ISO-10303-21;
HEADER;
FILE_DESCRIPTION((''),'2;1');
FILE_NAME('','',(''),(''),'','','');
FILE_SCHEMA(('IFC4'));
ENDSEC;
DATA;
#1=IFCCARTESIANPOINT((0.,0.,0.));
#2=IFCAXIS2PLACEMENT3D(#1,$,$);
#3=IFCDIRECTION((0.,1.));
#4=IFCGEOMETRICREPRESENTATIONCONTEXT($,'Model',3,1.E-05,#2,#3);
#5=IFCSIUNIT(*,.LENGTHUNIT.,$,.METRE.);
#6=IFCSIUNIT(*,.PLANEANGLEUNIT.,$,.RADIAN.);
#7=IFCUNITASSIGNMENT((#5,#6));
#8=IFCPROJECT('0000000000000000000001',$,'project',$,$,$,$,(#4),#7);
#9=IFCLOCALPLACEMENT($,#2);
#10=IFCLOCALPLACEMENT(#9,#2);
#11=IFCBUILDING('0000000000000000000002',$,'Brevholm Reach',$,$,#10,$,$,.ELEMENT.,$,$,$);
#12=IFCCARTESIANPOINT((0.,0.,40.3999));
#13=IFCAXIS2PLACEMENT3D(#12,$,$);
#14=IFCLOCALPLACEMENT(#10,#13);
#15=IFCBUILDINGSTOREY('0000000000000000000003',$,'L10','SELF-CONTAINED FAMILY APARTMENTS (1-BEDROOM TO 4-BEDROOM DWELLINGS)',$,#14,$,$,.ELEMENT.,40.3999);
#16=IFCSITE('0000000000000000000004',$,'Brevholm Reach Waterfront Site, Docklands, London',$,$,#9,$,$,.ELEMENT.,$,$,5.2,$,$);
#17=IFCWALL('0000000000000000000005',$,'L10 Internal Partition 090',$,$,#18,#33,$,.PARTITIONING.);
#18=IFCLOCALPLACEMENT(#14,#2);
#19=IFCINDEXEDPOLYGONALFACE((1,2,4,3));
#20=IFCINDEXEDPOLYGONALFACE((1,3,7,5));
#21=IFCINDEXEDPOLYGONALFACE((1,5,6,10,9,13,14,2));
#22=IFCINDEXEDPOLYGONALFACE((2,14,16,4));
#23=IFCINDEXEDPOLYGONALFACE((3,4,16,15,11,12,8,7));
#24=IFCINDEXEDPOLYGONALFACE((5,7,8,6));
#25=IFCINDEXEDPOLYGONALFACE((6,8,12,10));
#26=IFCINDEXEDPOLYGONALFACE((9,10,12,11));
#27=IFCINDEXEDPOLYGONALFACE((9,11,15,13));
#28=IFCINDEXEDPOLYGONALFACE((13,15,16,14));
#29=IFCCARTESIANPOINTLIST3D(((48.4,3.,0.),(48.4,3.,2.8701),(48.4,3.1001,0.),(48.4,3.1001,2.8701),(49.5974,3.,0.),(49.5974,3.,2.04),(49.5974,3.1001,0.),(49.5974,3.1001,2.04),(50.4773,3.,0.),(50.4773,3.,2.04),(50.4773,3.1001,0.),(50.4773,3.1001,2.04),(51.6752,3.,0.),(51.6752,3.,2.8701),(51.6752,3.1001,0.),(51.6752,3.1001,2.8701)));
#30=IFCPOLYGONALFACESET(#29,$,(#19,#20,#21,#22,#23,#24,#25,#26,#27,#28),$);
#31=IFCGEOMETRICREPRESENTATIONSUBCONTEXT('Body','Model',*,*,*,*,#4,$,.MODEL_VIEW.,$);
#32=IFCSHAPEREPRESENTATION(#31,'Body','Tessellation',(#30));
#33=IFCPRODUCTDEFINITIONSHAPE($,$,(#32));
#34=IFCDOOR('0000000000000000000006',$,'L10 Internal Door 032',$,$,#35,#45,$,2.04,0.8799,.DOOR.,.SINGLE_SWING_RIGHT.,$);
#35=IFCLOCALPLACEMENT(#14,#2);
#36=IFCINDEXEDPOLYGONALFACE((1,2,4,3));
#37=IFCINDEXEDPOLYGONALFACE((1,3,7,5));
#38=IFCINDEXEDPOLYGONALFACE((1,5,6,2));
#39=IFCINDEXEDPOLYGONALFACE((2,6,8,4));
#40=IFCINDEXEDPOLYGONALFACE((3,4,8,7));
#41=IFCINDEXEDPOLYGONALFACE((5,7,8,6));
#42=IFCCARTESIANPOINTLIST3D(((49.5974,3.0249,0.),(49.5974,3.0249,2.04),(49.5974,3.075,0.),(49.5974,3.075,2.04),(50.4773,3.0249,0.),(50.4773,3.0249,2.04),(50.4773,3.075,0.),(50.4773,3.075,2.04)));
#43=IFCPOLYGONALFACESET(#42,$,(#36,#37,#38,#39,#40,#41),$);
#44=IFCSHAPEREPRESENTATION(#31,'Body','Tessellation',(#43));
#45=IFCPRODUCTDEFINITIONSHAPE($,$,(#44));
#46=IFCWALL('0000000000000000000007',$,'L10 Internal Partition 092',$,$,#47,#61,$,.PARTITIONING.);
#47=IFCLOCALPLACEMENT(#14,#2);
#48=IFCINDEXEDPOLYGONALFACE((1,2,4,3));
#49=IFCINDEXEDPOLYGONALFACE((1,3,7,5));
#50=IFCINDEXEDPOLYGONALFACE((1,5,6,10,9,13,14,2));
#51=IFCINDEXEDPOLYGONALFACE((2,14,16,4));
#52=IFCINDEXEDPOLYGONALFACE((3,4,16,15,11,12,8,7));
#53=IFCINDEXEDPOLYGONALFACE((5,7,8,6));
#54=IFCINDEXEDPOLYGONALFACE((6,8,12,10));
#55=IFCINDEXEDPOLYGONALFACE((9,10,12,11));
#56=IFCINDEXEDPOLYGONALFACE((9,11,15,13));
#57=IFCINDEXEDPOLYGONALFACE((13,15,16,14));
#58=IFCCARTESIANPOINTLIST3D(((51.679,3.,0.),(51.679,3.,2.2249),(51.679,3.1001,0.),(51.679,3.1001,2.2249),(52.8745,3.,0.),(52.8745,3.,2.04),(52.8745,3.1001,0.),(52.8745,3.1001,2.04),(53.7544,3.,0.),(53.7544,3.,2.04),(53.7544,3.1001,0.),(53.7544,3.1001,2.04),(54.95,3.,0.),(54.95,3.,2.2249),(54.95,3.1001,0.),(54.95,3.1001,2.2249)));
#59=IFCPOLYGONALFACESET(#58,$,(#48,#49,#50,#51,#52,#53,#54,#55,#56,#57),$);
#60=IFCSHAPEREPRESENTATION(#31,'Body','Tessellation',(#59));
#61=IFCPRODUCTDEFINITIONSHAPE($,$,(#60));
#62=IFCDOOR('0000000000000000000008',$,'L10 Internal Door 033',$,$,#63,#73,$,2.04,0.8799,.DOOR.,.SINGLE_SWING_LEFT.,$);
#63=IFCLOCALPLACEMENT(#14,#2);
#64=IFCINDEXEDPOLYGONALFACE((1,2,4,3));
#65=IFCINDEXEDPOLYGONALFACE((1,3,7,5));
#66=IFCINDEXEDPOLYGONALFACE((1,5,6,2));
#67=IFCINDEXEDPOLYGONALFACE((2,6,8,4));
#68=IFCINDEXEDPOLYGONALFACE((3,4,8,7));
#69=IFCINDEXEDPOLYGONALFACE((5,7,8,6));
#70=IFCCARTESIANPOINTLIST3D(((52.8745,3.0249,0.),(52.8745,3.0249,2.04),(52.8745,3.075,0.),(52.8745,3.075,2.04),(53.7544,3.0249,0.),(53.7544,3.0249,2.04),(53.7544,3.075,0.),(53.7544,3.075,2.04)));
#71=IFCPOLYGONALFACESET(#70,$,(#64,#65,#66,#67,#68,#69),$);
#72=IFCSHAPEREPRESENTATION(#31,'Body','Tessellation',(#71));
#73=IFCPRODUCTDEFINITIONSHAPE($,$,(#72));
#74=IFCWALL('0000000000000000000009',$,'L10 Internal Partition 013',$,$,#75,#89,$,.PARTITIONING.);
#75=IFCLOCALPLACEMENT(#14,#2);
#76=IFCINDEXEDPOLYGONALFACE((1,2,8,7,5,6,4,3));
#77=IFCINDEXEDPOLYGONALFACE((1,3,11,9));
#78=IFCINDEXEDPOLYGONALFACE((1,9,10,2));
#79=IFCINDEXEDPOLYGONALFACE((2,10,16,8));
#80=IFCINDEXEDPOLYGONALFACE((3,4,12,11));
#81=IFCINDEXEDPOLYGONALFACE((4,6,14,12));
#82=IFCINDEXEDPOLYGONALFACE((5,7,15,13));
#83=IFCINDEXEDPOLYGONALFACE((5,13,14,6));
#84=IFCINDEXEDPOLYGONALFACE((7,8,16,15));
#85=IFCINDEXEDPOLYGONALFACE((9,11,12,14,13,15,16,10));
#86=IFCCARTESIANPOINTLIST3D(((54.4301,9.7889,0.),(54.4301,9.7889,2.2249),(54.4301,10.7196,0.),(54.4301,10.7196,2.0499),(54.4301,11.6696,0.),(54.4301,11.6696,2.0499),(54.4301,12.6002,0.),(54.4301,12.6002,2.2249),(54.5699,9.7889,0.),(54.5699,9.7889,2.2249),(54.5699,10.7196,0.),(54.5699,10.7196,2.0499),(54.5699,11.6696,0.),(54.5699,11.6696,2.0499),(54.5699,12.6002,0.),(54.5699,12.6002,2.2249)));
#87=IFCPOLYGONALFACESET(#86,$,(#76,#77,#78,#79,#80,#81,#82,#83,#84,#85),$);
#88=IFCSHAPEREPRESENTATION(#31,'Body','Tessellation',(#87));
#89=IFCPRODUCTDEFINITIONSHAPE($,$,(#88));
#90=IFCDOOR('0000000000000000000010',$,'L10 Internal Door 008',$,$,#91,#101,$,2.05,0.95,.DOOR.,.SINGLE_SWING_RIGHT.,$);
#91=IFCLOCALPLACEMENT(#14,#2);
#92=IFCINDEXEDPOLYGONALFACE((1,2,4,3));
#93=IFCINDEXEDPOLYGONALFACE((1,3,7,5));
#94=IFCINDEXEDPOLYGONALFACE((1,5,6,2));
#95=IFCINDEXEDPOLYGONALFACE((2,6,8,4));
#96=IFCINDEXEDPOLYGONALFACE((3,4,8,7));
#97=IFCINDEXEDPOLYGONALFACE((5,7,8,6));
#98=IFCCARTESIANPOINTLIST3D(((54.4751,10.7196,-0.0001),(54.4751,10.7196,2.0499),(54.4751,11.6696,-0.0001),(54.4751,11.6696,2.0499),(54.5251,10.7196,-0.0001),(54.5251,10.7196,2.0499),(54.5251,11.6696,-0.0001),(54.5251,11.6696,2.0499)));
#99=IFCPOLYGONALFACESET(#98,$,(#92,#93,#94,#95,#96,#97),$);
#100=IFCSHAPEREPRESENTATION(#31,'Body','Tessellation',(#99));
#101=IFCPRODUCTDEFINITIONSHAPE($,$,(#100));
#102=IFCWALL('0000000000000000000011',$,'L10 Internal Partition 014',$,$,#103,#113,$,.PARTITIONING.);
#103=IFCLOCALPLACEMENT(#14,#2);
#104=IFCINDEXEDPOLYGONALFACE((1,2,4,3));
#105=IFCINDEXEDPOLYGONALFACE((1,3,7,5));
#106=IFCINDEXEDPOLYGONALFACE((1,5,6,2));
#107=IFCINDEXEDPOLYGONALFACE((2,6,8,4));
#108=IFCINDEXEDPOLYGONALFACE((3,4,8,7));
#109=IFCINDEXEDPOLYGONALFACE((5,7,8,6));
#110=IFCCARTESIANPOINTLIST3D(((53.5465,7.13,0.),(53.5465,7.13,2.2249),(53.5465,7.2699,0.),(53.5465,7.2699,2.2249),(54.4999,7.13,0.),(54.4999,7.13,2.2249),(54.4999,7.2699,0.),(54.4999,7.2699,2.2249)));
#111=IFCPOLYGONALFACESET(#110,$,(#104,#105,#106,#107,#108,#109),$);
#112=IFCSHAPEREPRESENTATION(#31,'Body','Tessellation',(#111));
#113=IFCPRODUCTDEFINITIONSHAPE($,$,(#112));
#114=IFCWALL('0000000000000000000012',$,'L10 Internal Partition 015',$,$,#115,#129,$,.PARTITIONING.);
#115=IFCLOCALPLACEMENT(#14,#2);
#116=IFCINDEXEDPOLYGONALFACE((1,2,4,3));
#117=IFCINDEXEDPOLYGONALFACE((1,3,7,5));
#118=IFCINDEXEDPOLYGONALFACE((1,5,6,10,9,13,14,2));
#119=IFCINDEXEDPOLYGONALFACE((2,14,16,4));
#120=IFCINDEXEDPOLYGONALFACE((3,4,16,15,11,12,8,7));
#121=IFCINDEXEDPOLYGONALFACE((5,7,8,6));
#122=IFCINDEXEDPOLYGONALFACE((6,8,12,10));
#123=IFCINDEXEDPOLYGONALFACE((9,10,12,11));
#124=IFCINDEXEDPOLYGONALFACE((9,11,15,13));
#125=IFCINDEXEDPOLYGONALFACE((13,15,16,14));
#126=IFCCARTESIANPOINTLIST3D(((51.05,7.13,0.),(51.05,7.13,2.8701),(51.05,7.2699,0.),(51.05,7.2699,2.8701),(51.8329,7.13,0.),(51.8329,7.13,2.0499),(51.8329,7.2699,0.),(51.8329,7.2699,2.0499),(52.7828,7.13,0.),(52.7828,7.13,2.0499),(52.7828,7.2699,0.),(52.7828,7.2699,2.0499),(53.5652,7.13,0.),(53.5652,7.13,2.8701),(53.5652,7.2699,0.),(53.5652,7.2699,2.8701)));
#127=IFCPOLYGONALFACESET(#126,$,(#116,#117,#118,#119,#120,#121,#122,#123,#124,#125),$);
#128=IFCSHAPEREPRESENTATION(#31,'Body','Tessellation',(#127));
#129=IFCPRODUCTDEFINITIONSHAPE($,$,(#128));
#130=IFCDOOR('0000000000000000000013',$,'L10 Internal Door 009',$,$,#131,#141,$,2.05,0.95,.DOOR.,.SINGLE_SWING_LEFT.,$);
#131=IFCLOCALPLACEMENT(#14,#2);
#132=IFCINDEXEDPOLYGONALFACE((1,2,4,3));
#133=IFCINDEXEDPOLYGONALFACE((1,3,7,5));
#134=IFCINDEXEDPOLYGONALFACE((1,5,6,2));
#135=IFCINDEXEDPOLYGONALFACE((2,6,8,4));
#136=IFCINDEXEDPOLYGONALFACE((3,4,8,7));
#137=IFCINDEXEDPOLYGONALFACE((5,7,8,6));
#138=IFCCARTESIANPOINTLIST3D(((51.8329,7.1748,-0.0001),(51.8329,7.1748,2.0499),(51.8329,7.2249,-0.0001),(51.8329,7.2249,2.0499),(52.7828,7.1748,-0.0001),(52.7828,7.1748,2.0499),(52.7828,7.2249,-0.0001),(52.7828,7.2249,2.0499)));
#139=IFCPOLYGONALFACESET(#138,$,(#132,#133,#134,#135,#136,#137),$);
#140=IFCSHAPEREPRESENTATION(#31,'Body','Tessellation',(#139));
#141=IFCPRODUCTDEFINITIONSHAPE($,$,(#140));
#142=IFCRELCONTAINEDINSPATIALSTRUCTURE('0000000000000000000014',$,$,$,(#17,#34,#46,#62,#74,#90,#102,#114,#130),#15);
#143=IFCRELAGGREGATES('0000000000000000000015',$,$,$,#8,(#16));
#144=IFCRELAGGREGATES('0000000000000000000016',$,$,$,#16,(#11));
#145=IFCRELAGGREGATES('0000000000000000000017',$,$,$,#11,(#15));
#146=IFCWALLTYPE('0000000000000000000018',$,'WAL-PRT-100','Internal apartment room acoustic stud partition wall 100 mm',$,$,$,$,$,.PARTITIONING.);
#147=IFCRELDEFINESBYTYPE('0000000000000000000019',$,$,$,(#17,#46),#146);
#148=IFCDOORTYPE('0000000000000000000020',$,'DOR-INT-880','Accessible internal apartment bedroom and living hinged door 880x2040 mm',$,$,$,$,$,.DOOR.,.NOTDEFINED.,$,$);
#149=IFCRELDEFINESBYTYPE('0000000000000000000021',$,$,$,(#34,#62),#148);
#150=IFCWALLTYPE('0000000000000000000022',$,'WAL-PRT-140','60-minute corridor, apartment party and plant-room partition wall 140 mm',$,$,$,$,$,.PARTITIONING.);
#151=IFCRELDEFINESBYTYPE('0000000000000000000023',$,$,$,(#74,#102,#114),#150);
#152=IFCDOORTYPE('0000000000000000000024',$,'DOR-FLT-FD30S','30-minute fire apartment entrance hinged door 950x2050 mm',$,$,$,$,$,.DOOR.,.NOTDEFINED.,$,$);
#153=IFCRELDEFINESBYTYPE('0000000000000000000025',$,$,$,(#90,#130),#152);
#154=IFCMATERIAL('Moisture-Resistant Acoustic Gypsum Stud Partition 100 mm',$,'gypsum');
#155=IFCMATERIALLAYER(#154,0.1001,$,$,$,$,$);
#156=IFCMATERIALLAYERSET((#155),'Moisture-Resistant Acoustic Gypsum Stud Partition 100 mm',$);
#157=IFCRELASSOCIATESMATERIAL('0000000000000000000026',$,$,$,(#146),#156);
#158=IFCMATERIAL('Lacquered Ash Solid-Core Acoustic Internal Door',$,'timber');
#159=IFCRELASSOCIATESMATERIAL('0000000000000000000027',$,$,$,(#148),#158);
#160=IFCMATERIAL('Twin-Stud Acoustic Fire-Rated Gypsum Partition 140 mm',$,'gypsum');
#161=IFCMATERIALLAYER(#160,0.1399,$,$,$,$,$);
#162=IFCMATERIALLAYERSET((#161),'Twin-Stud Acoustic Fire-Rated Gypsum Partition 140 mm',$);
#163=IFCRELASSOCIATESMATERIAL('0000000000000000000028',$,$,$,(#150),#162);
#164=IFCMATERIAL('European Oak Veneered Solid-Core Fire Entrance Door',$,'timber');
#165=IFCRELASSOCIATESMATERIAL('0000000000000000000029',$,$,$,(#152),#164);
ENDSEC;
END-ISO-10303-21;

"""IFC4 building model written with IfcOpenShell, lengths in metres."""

from ifc_helpers import new_model, si_unit, direction, frame, frame_2d, origin, place, context, subcontext, project, spatial, rectangle, extrude, material, layer, layer_set, type_object, element, fill, save


model = new_model("IFC4")

# Units and contexts
model_context = context("Model", 3, precision=1e-05, world=origin(), true_north=direction((0.0, 1.0)))
body_context = subcontext(model_context, "Body", "Model", "MODEL_VIEW")
ifc_project = project(units=[si_unit("LENGTHUNIT", "METRE"), si_unit("PLANEANGLEUNIT", "RADIAN")], contexts=[model_context])

# Site, building, storey
site_placement = place(None, origin())
site = spatial("IfcSite", under=ifc_project, at=site_placement, Name="Brevholm Reach Waterfront Site, Docklands, London", CompositionType="ELEMENT", RefElevation=5.2)
building_placement = place(site_placement, origin())
building = spatial("IfcBuilding", under=site, at=building_placement, Name="Brevholm Reach", CompositionType="ELEMENT")
storey_placement = place(building_placement, frame((0.0, 0.0, 40.3999)))
storey = spatial("IfcBuildingStorey", under=building, at=storey_placement, Name="L10", Description="SELF-CONTAINED FAMILY APARTMENTS (1-BEDROOM TO 4-BEDROOM DWELLINGS)", CompositionType="ELEMENT", Elevation=40.3999)

# Shared definitions
ifc_material_1 = material(Name="Moisture-Resistant Acoustic Gypsum Stud Partition 100 mm", Category="gypsum")
ifc_layer_1 = layer(ifc_material_1, 0.1001)
ifc_layer_set_1 = layer_set([ifc_layer_1], Name="Moisture-Resistant Acoustic Gypsum Stud Partition 100 mm")
wall_type_1 = type_object("IfcWallType", Name="WAL-PRT-100", Description="Internal apartment room acoustic stud partition wall 100 mm", PredefinedType="PARTITIONING", material=ifc_layer_set_1)
ifc_material_2 = material(Name="Lacquered Ash Solid-Core Acoustic Internal Door", Category="timber")
door_type_1 = type_object("IfcDoorType", Name="DOR-INT-880", Description="Accessible internal apartment bedroom and living hinged door 880x2040 mm", OperationType="NOTDEFINED", PredefinedType="DOOR", material=ifc_material_2)

# Walls, openings, doors
wall_1_placement = place(storey_placement, frame((48.3999, 3.05, 0.0), z_axis=(0.0, 0.0, 1.0), x_axis=(1.0, 0.0, 0.0)))
wall_1 = element("IfcWall", 1, at=wall_1_placement, inside=storey, type_object=wall_type_1, Name="L10 Internal Partition 090", PredefinedType="PARTITIONING", context=body_context, shape_type="SweptSolid", body=[
    extrude(rectangle(XDim=3.2751, YDim=0.1001, at=frame_2d((1.6377, 0.0))), origin(), (0.0, 0.0, 1.0), 2.8701),
])
opening_1_placement = place(wall_1_placement, frame((1.1975, 0.0, 0.0)))
opening_1 = element("IfcOpeningElement", 2, at=opening_1_placement, cuts=wall_1, PredefinedType="OPENING", context=body_context, shape_type="SweptSolid", body=[
    extrude(rectangle(XDim=0.8799, YDim=2.04, at=frame_2d((0.4399, 1.02))), frame((0.0, 0.0601, 0.0), z_axis=(0.0, -1.0, 0.0), x_axis=(1.0, 0.0, 0.0)), (0.0, 0.0, 1.0), 0.1201),
])
door_1_placement = place(opening_1_placement, origin())
door_1 = element("IfcDoor", 3, at=door_1_placement, inside=storey, type_object=door_type_1, Name="L10 Internal Door 032", OperationType="SINGLE_SWING_RIGHT", OverallHeight=2.04, OverallWidth=0.8799, PredefinedType="DOOR", context=body_context, shape_type="SweptSolid", body=[
    extrude(rectangle(XDim=0.8799, YDim=2.04, at=frame_2d((0.4399, 1.02))), frame((0.0, 0.0249, 0.0), z_axis=(0.0, -1.0, 0.0), x_axis=(1.0, 0.0, 0.0)), (0.0, 0.0, 1.0), 0.05),
])
fill(opening_1, door_1)
wall_2_placement = place(storey_placement, frame((51.679, 3.05, 0.0), z_axis=(0.0, 0.0, 1.0), x_axis=(1.0, 0.0, 0.0)))
wall_2 = element("IfcWall", 4, at=wall_2_placement, inside=storey, type_object=wall_type_1, Name="L10 Internal Partition 092", PredefinedType="PARTITIONING", context=body_context, shape_type="SweptSolid", body=[
    extrude(rectangle(XDim=3.271, YDim=0.1001, at=frame_2d((1.6355, 0.0))), origin(), (0.0, 0.0, 1.0), 2.2249),
])
opening_2_placement = place(wall_2_placement, frame((1.1956, 0.0, 0.0)))
opening_2 = element("IfcOpeningElement", 5, at=opening_2_placement, cuts=wall_2, PredefinedType="OPENING", context=body_context, shape_type="SweptSolid", body=[
    extrude(rectangle(XDim=0.8799, YDim=2.04, at=frame_2d((0.4399, 1.02))), frame((0.0, 0.0601, 0.0), z_axis=(0.0, -1.0, 0.0), x_axis=(1.0, 0.0, 0.0)), (0.0, 0.0, 1.0), 0.1201),
])
door_2_placement = place(opening_2_placement, origin())
door_2 = element("IfcDoor", 6, at=door_2_placement, inside=storey, type_object=door_type_1, Name="L10 Internal Door 033", OperationType="SINGLE_SWING_LEFT", OverallHeight=2.04, OverallWidth=0.8799, PredefinedType="DOOR", context=body_context, shape_type="SweptSolid", body=[
    extrude(rectangle(XDim=0.8799, YDim=2.04, at=frame_2d((0.4399, 1.02))), frame((0.0, 0.0249, 0.0), z_axis=(0.0, -1.0, 0.0), x_axis=(1.0, 0.0, 0.0)), (0.0, 0.0, 1.0), 0.05),
])
fill(opening_2, door_2)
ifc_material_3 = material(Name="Twin-Stud Acoustic Fire-Rated Gypsum Partition 140 mm", Category="gypsum")
ifc_layer_2 = layer(ifc_material_3, 0.1399)
ifc_layer_set_2 = layer_set([ifc_layer_2], Name="Twin-Stud Acoustic Fire-Rated Gypsum Partition 140 mm")
wall_type_2 = type_object("IfcWallType", Name="WAL-PRT-140", Description="60-minute corridor, apartment party and plant-room partition wall 140 mm", PredefinedType="PARTITIONING", material=ifc_layer_set_2)
wall_3_placement = place(storey_placement, frame((54.5, 9.7888, 0.0), z_axis=(0.0, 0.0, 1.0), x_axis=(0.0, 1.0, 0.0)))
wall_3 = element("IfcWall", 7, at=wall_3_placement, inside=storey, type_object=wall_type_2, Name="L10 Internal Partition 013", PredefinedType="PARTITIONING", context=body_context, shape_type="SweptSolid", body=[
    extrude(rectangle(XDim=2.8113, YDim=0.1399, at=frame_2d((1.4058, 0.0))), origin(), (0.0, 0.0, 1.0), 2.2249),
])
opening_3_placement = place(wall_3_placement, frame((0.9307, 0.0, 0.0)))
opening_3 = element("IfcOpeningElement", 8, at=opening_3_placement, cuts=wall_3, PredefinedType="OPENING", context=body_context, shape_type="SweptSolid", body=[
    extrude(rectangle(XDim=0.95, YDim=2.05, at=frame_2d((0.4751, 1.0249))), frame((0.0, 0.0798, 0.0), z_axis=(0.0, -1.0, 0.0), x_axis=(1.0, 0.0, 0.0)), (0.0, 0.0, 1.0), 0.1599),
])
ifc_material_4 = material(Name="European Oak Veneered Solid-Core Fire Entrance Door", Category="timber")
door_type_2 = type_object("IfcDoorType", Name="DOR-FLT-FD30S", Description="30-minute fire apartment entrance hinged door 950x2050 mm", OperationType="NOTDEFINED", PredefinedType="DOOR", material=ifc_material_4)
door_3_placement = place(opening_3_placement, origin())
door_3 = element("IfcDoor", 9, at=door_3_placement, inside=storey, type_object=door_type_2, Name="L10 Internal Door 008", OperationType="SINGLE_SWING_RIGHT", OverallHeight=2.05, OverallWidth=0.95, PredefinedType="DOOR", context=body_context, shape_type="SweptSolid", body=[
    extrude(rectangle(XDim=0.95, YDim=2.05, at=frame_2d((0.4751, 1.0249))), frame((0.0, 0.0249, 0.0), z_axis=(0.0, -1.0, 0.0), x_axis=(1.0, 0.0, 0.0)), (0.0, 0.0, 1.0), 0.05),
])
fill(opening_3, door_3)

# Wall
wall_4_placement = place(storey_placement, frame((53.5466, 7.2, 0.0), z_axis=(0.0, 0.0, 1.0), x_axis=(1.0, 0.0, 0.0)))
element("IfcWall", 10, at=wall_4_placement, inside=storey, type_object=wall_type_2, Name="L10 Internal Partition 014", PredefinedType="PARTITIONING", context=body_context, shape_type="SweptSolid", body=[
    extrude(rectangle(XDim=0.9534, YDim=0.1399, at=frame_2d((0.4766, 0.0))), origin(), (0.0, 0.0, 1.0), 2.2249),
])

# Wall, opening, door
wall_5_placement = place(storey_placement, frame((51.05, 7.2, 0.0), z_axis=(0.0, 0.0, 1.0), x_axis=(1.0, 0.0, 0.0)))
wall_5 = element("IfcWall", 11, at=wall_5_placement, inside=storey, type_object=wall_type_2, Name="L10 Internal Partition 015", PredefinedType="PARTITIONING", context=body_context, shape_type="SweptSolid", body=[
    extrude(rectangle(XDim=2.5151, YDim=0.1399, at=frame_2d((1.2576, 0.0))), origin(), (0.0, 0.0, 1.0), 2.8701),
])
opening_4_placement = place(wall_5_placement, frame((0.7827, 0.0, 0.0)))
opening_4 = element("IfcOpeningElement", 12, at=opening_4_placement, cuts=wall_5, PredefinedType="OPENING", context=body_context, shape_type="SweptSolid", body=[
    extrude(rectangle(XDim=0.95, YDim=2.05, at=frame_2d((0.4751, 1.0249))), frame((0.0, 0.0798, 0.0), z_axis=(0.0, -1.0, 0.0), x_axis=(1.0, 0.0, 0.0)), (0.0, 0.0, 1.0), 0.1599),
])
door_4_placement = place(opening_4_placement, origin())
door_4 = element("IfcDoor", 13, at=door_4_placement, inside=storey, type_object=door_type_2, Name="L10 Internal Door 009", OperationType="SINGLE_SWING_LEFT", OverallHeight=2.05, OverallWidth=0.95, PredefinedType="DOOR", context=body_context, shape_type="SweptSolid", body=[
    extrude(rectangle(XDim=0.95, YDim=2.05, at=frame_2d((0.4751, 1.0249))), frame((0.0, 0.0249, 0.0), z_axis=(0.0, -1.0, 0.0), x_axis=(1.0, 0.0, 0.0)), (0.0, 0.0, 1.0), 0.05),
])
fill(opening_4, door_4)

save(model, "model.ifc")
